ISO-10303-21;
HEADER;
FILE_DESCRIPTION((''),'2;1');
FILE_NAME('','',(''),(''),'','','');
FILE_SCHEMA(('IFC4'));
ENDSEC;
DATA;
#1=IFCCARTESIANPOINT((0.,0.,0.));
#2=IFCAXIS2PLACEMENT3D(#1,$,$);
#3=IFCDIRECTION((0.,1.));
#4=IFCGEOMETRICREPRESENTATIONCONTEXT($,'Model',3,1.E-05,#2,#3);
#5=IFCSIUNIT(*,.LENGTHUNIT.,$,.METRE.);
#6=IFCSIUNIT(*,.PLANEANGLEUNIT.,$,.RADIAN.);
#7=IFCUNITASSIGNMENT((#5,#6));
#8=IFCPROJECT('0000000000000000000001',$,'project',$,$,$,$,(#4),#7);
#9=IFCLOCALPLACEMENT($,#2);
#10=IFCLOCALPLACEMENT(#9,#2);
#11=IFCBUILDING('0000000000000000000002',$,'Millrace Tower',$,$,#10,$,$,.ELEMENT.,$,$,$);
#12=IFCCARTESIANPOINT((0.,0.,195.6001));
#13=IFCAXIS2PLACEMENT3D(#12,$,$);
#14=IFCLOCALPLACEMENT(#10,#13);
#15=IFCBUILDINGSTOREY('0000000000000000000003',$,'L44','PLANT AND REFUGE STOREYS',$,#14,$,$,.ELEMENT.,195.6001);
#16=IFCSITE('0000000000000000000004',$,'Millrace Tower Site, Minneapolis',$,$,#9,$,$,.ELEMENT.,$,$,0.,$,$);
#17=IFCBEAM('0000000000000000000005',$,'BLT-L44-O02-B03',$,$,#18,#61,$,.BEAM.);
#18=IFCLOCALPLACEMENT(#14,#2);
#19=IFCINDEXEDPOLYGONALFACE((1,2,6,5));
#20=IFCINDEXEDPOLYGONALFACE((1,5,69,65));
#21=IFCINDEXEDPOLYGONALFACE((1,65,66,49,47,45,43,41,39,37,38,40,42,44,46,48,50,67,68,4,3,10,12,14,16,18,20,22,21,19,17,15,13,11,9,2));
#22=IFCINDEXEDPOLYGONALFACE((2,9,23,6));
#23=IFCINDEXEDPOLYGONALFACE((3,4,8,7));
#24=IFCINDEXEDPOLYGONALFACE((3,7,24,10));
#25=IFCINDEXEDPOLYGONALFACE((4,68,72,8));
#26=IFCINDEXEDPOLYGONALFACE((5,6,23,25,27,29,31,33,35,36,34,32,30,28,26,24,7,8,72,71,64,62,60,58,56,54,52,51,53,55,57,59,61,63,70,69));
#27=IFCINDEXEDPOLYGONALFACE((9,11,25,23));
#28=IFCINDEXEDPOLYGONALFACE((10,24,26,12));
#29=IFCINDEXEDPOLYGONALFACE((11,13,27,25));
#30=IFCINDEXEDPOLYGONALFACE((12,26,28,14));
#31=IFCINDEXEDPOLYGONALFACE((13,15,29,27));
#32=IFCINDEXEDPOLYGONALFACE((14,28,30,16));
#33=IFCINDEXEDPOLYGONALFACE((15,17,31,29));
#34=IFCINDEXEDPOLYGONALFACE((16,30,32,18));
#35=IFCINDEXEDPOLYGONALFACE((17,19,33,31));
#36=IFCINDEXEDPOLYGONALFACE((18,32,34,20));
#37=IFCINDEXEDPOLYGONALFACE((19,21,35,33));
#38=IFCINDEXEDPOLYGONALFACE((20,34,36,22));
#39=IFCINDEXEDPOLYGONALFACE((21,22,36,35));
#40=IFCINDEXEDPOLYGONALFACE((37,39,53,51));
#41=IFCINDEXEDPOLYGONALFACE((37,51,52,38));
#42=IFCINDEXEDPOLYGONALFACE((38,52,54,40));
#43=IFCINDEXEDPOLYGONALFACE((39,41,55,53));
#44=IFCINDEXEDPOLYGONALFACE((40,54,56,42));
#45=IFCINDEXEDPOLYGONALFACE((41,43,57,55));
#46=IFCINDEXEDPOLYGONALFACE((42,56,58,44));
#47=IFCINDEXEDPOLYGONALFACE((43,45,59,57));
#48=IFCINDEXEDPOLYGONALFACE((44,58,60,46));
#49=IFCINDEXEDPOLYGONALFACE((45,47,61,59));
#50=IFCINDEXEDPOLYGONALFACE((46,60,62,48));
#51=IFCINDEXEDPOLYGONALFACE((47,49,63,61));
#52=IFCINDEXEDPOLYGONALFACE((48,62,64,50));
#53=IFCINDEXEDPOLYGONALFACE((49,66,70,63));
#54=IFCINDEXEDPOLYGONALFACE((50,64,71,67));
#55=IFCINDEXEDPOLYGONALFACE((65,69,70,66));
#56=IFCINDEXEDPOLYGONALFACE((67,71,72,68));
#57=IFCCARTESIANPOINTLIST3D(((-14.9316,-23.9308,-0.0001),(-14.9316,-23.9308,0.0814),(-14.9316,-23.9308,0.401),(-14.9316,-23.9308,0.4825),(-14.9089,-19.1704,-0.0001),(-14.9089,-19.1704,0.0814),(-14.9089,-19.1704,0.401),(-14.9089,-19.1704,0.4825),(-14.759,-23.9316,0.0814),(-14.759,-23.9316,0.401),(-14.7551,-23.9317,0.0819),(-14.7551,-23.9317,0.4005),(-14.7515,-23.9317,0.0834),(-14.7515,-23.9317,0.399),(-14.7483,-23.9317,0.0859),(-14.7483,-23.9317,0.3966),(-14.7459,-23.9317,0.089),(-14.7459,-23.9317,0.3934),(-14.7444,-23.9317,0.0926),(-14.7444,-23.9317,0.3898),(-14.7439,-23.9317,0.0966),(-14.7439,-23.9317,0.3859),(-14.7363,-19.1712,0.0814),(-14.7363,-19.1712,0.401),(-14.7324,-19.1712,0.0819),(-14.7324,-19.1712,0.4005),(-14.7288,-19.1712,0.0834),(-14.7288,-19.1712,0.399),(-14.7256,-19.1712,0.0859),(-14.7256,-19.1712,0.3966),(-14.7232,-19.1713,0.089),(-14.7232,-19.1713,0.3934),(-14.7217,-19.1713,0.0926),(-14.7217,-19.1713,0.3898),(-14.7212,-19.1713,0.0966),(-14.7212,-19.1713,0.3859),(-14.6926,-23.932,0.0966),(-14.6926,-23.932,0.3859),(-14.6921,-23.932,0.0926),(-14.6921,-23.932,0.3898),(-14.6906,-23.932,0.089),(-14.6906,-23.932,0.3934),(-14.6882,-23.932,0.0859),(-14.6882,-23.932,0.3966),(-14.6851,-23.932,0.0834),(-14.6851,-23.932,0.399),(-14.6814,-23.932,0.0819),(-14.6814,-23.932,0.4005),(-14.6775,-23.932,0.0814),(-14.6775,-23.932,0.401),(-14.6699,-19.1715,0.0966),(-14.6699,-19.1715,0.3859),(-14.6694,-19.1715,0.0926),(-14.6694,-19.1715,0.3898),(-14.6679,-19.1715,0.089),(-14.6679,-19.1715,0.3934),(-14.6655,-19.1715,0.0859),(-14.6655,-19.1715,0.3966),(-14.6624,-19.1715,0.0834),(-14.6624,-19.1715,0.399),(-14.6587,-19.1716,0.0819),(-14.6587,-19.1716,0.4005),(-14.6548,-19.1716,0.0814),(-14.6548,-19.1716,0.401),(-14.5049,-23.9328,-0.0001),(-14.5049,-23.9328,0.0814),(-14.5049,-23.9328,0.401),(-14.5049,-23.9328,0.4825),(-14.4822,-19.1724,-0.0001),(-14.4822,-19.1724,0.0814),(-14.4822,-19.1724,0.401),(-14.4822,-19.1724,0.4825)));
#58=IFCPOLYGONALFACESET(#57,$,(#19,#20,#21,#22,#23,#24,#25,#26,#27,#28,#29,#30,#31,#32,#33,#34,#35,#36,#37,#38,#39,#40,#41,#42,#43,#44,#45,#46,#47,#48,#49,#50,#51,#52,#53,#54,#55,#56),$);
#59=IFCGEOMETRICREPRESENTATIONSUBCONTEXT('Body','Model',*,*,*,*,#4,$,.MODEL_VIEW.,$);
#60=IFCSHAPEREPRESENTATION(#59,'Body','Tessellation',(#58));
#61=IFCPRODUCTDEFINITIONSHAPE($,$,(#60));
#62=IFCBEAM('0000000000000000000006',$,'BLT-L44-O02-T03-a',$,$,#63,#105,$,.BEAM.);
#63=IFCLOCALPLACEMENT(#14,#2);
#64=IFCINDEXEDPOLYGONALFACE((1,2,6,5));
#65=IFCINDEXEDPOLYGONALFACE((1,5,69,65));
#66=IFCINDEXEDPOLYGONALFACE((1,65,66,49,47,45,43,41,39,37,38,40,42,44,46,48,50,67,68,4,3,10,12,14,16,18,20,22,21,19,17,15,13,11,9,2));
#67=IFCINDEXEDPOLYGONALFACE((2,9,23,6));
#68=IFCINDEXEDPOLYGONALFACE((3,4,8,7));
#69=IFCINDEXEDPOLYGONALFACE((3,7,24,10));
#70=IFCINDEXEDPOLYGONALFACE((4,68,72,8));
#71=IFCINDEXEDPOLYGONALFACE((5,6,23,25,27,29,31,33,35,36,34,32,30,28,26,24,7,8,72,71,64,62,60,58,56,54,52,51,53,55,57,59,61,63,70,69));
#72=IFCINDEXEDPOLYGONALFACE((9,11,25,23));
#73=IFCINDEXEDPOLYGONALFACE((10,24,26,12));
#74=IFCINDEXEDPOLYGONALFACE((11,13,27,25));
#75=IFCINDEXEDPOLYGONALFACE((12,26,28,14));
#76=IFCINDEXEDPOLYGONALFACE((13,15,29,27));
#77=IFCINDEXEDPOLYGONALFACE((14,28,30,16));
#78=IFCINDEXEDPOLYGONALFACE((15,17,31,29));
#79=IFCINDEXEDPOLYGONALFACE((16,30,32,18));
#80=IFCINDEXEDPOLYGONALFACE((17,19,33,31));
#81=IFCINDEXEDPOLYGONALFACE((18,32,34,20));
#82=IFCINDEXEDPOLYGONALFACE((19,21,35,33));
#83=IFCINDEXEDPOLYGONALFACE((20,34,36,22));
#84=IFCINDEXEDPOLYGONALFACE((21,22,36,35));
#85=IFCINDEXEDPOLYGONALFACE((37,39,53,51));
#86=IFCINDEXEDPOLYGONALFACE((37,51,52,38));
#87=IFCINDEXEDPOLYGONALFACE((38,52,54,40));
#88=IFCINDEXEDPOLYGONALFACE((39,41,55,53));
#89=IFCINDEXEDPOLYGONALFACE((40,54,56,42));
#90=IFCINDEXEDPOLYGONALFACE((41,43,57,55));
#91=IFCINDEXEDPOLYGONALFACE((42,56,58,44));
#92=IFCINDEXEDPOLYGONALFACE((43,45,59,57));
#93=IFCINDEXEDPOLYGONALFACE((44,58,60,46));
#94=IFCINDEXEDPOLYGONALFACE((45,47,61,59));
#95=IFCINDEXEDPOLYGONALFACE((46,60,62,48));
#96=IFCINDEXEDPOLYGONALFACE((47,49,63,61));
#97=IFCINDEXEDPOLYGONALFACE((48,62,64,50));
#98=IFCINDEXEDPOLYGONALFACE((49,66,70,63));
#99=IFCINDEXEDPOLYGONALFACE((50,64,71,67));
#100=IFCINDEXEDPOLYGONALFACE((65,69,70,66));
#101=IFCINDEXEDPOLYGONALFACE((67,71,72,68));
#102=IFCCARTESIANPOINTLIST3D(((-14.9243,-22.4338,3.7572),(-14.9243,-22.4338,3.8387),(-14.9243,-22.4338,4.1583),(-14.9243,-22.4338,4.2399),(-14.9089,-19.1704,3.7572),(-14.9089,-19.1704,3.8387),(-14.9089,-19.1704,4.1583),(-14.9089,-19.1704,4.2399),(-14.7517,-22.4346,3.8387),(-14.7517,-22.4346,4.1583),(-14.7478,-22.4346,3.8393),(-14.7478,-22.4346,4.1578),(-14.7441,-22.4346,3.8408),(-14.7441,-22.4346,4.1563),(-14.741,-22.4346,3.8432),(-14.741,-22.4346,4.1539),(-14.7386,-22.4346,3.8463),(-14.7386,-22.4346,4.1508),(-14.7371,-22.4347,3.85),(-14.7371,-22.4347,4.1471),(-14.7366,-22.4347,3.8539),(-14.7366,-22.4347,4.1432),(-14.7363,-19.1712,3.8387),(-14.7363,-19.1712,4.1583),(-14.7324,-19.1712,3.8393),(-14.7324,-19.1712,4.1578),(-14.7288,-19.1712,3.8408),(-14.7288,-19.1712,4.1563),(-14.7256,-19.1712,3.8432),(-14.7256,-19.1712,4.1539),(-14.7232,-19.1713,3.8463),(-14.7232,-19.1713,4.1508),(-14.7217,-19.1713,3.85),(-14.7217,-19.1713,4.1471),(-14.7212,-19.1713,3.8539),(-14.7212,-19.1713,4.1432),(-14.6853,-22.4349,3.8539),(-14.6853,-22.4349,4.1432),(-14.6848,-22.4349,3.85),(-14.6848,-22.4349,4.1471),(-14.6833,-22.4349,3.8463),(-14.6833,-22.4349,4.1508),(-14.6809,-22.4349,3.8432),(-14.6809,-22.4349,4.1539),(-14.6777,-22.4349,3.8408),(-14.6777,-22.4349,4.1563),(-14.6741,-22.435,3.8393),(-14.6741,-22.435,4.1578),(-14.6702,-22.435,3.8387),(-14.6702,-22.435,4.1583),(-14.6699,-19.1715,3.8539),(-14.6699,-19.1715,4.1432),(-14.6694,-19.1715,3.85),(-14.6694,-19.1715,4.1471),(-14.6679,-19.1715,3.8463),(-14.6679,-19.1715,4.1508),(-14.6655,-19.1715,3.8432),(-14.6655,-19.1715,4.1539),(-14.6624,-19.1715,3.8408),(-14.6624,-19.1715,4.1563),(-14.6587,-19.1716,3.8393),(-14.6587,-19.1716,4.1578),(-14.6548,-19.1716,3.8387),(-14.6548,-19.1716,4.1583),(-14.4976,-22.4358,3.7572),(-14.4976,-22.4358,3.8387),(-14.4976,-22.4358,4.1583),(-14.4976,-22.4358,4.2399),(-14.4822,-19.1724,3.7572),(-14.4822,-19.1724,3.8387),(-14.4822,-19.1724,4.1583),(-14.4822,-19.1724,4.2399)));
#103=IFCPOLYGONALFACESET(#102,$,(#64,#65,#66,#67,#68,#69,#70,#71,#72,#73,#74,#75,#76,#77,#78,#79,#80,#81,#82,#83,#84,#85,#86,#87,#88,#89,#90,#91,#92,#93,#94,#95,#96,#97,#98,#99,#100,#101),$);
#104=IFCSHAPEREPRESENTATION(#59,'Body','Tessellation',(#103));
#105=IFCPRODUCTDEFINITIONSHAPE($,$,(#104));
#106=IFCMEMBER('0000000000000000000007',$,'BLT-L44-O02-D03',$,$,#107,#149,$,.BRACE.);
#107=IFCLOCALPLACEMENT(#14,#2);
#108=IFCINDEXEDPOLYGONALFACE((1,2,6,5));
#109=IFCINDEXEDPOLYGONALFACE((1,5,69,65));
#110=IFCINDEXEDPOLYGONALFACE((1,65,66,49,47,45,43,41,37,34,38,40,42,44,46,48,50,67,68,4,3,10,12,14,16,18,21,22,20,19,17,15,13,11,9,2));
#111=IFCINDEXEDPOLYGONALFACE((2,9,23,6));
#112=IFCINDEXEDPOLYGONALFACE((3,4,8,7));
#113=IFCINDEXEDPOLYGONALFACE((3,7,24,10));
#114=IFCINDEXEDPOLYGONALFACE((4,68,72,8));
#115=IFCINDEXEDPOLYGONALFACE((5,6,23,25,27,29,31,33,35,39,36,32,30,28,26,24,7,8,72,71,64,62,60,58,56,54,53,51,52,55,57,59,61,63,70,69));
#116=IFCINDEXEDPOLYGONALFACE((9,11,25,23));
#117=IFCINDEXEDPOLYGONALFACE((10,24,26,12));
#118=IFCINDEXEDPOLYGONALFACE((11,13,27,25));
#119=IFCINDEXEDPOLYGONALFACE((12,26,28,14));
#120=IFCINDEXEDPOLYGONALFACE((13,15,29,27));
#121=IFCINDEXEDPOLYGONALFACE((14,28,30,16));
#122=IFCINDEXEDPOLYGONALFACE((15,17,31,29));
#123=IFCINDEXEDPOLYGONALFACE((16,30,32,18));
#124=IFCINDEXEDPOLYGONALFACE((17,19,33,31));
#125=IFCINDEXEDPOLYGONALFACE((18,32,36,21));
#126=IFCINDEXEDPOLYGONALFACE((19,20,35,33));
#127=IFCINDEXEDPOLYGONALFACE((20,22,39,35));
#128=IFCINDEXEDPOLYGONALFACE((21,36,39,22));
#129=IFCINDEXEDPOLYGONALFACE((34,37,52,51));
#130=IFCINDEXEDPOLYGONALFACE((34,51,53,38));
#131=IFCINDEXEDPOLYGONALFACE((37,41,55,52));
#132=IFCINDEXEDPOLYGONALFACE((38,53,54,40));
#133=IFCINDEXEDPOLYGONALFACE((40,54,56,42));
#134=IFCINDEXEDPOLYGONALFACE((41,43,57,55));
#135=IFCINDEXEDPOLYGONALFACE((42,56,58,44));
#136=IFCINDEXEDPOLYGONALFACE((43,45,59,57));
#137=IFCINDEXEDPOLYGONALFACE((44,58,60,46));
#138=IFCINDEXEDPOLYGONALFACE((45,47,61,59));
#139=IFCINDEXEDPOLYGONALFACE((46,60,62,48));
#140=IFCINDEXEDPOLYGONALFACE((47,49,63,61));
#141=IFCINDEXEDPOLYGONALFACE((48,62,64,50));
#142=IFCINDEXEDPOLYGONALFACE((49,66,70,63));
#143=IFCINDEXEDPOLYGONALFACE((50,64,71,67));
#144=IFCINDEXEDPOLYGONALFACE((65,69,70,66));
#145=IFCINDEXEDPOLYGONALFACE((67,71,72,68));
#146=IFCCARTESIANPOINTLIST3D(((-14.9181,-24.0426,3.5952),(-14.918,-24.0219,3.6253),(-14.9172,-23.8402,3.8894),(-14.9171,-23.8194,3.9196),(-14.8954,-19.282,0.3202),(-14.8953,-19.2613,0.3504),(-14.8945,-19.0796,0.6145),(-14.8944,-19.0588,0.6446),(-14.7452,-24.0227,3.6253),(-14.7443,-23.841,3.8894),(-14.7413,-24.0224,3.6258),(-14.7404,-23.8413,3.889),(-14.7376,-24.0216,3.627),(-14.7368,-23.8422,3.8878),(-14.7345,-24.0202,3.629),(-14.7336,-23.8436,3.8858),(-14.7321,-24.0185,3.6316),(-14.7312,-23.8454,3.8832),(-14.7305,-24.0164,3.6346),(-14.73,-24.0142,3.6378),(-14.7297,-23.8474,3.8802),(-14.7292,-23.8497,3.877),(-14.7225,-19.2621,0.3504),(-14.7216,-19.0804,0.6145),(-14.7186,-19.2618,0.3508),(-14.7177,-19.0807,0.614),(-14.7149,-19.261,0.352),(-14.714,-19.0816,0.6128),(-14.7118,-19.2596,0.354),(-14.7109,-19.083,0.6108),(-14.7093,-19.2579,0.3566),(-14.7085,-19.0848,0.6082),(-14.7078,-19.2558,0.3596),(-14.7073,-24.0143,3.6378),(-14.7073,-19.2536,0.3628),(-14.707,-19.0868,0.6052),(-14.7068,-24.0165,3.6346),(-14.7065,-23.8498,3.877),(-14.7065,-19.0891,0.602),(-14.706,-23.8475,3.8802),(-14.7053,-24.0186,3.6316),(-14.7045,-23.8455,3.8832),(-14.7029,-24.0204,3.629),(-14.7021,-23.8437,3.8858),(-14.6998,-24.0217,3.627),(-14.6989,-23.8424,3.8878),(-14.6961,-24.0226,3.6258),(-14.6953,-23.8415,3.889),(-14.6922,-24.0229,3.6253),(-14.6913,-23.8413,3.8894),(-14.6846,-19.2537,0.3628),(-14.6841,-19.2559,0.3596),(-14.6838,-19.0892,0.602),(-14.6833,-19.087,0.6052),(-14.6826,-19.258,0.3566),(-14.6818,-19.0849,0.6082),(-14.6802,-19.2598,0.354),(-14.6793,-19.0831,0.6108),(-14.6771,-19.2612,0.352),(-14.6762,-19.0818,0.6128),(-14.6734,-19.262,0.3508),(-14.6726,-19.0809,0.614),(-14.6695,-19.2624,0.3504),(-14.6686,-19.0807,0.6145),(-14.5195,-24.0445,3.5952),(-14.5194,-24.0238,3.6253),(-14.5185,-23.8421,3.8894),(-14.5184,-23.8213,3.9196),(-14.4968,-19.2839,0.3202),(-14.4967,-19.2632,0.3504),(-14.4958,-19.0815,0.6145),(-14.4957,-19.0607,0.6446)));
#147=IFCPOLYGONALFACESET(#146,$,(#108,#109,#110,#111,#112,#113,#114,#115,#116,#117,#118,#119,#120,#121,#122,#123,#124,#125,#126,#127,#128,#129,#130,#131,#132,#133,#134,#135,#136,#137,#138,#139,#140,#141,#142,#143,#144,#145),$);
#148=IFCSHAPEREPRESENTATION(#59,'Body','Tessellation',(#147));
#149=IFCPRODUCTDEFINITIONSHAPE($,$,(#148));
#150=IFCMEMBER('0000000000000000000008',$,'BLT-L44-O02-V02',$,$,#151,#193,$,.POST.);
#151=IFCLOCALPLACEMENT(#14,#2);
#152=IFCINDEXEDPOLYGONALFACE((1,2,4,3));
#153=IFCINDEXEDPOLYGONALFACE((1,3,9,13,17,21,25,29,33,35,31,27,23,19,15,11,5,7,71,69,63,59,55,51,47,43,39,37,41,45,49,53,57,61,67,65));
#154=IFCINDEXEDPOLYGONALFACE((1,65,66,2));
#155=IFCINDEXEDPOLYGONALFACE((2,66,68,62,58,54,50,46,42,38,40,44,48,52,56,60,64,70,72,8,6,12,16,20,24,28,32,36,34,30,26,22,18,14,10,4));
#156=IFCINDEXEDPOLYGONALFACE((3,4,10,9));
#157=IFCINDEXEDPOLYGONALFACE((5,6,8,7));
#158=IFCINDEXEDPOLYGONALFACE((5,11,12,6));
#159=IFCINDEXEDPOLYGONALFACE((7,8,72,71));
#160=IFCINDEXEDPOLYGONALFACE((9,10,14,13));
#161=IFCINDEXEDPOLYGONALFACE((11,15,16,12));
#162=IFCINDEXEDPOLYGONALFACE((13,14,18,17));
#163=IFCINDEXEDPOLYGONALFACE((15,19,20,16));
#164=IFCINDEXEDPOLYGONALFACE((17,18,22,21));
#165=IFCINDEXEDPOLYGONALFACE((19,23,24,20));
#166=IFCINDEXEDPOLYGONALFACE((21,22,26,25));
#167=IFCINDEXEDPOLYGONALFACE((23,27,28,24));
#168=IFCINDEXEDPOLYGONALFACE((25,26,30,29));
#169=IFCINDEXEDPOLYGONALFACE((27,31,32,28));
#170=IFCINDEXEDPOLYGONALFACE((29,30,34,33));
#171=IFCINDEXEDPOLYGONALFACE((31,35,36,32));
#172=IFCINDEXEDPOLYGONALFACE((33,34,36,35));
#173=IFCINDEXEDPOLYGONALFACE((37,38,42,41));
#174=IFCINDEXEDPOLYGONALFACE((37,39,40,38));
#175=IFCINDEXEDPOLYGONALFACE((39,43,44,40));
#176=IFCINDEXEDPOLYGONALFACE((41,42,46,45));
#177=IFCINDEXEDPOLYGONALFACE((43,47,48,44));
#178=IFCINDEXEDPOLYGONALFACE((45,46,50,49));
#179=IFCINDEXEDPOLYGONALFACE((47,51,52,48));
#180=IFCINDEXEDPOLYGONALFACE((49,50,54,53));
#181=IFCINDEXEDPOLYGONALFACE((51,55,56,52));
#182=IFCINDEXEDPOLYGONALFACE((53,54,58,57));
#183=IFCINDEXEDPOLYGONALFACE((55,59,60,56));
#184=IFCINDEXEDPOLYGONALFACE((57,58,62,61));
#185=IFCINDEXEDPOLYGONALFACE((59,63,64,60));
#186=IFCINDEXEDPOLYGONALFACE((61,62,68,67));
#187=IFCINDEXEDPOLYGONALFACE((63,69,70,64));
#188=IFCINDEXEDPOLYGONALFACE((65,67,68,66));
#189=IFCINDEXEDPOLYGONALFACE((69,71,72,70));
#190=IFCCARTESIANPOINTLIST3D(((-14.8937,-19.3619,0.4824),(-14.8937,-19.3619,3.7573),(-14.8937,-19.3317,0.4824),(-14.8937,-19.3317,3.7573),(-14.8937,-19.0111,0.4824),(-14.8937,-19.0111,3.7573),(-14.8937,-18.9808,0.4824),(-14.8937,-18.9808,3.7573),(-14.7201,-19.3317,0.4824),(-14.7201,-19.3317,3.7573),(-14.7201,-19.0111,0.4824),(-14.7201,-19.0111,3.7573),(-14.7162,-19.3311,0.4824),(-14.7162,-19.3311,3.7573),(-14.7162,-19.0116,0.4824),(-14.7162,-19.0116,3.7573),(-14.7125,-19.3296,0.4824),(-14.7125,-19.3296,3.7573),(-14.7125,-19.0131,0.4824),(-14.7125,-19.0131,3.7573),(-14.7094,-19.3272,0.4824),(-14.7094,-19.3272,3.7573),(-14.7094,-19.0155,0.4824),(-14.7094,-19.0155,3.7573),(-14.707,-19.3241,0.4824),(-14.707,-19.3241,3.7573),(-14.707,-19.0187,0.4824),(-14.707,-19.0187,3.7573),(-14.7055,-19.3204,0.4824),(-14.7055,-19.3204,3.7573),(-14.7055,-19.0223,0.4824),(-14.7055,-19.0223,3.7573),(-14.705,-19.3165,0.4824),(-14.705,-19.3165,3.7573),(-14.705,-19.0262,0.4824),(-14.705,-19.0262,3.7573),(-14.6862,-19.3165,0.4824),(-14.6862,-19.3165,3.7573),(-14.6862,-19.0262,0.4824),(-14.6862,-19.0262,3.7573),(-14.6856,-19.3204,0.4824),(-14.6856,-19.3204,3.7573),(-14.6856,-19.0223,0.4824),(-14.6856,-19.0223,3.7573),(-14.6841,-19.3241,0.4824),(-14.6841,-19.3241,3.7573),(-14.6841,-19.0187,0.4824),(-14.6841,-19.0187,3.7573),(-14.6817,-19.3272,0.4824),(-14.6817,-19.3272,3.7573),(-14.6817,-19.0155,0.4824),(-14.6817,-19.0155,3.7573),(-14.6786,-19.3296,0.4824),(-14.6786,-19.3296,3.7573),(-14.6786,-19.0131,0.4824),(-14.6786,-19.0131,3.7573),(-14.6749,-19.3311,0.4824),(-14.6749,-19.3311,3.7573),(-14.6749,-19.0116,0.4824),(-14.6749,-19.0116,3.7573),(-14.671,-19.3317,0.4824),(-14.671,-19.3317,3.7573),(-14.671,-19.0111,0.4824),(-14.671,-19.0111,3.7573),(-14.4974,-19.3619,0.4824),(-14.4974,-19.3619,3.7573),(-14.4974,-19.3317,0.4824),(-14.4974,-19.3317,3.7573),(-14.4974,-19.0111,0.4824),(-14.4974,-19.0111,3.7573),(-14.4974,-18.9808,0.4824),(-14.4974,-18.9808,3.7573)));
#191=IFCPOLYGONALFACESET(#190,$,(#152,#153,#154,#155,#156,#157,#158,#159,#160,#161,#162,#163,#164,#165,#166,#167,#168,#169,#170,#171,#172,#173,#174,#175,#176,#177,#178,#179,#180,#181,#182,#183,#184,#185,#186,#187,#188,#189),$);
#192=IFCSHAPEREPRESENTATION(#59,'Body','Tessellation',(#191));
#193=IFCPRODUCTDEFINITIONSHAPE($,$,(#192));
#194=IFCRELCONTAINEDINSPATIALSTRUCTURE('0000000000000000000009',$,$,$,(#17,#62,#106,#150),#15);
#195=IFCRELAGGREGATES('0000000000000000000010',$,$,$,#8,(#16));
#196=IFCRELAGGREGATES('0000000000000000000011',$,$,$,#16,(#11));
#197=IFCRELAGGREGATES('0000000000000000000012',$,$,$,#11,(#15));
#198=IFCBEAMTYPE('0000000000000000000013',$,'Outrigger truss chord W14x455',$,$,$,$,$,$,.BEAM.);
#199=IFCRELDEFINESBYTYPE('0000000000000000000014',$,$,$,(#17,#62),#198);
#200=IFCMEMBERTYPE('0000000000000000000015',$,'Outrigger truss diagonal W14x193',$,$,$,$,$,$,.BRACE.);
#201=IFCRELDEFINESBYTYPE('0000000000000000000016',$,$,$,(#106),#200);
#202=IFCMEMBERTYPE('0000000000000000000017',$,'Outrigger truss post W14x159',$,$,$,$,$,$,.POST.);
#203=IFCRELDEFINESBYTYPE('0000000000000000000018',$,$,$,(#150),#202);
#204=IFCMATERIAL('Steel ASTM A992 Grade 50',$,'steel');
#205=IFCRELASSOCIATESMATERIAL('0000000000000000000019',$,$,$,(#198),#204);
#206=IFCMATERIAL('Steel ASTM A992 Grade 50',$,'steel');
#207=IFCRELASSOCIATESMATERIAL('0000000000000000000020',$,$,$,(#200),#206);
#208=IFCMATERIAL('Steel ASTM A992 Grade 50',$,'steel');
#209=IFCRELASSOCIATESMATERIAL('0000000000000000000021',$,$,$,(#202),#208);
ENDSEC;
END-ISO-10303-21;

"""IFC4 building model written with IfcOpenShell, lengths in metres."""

from ifc_helpers import new_model, si_unit, direction, frame, origin, origin_2d, place, context, subcontext, project, spatial, i_section, extrude, material, material_profile, profile_set, type_object, element, save


model = new_model("IFC4")

# Units and contexts
model_context = context("Model", 3, precision=1e-05, world=origin(), true_north=direction((0.0, 1.0)))
body_context = subcontext(model_context, "Body", "Model", "MODEL_VIEW")
ifc_project = project(units=[si_unit("LENGTHUNIT", "METRE"), si_unit("PLANEANGLEUNIT", "RADIAN")], contexts=[model_context])

# Site, building, storey
site_placement = place(None, origin())
site = spatial("IfcSite", under=ifc_project, at=site_placement, Name="Millrace Tower Site, Minneapolis", CompositionType="ELEMENT", RefElevation=0.0)
building_placement = place(site_placement, origin())
building = spatial("IfcBuilding", under=site, at=building_placement, Name="Millrace Tower", CompositionType="ELEMENT")
storey_placement = place(building_placement, frame((0.0, 0.0, 195.6001)))
storey = spatial("IfcBuildingStorey", under=building, at=storey_placement, Name="L44", Description="PLANT AND REFUGE STOREYS", CompositionType="ELEMENT", Elevation=195.6001)

# Beams
ifc_material_1 = material(Name="Steel ASTM A992 Grade 50", Category="steel")
ifc_material_profile_1 = material_profile(ifc_material_1, i_section(OverallWidth=0.4268, OverallDepth=0.4827, WebThickness=0.0513, FlangeThickness=0.0815, FilletRadius=0.0151, at=origin_2d()))
ifc_profile_set_1 = profile_set([ifc_material_profile_1], Name="Steel ASTM A992 Grade 50")
beam_type_1 = type_object("IfcBeamType", Name="Outrigger truss chord W14x455", PredefinedType="BEAM", material=ifc_profile_set_1)
beam_1_placement = place(storey_placement, frame((-14.6956, -19.1714, 0.2412), z_axis=(-0.004769, -0.999989, 0.0), x_axis=(0.999989, -0.004769, 0.0)))
element("IfcBeam", 1, at=beam_1_placement, inside=storey, type_object=beam_type_1, Name="BLT-L44-O02-B03", PredefinedType="BEAM", context=body_context, shape_type="SweptSolid", body=[
    extrude(i_section(OverallWidth=0.4268, OverallDepth=0.4827, WebThickness=0.0513, FlangeThickness=0.0815, FilletRadius=0.0151, at=origin_2d()), origin(), (0.0, 0.0, 1.0), 4.7605),
])
beam_2_placement = place(storey_placement, frame((-14.6956, -19.1714, 3.9985), z_axis=(-0.004713, -0.999989, 0.0), x_axis=(0.999989, -0.004713, 0.0)))
element("IfcBeam", 2, at=beam_2_placement, inside=storey, type_object=beam_type_1, Name="BLT-L44-O02-T03-a", PredefinedType="BEAM", context=body_context, shape_type="SweptSolid", body=[
    extrude(i_section(OverallWidth=0.4268, OverallDepth=0.4827, WebThickness=0.0513, FlangeThickness=0.0815, FilletRadius=0.0151, at=origin_2d()), origin(), (0.0, 0.0, 1.0), 3.2634),
])

# Members
ifc_material_2 = material(Name="Steel ASTM A992 Grade 50", Category="steel")
ifc_material_profile_2 = material_profile(ifc_material_2, i_section(OverallWidth=0.3987, OverallDepth=0.3938, WebThickness=0.0227, FlangeThickness=0.0366, FilletRadius=0.0151, at=origin_2d()))
ifc_profile_set_2 = profile_set([ifc_material_profile_2], Name="Steel ASTM A992 Grade 50")
member_type_1 = type_object("IfcMemberType", Name="Outrigger truss diagonal W14x193", PredefinedType="BRACE", material=ifc_profile_set_2)
member_1_placement = place(storey_placement, frame((-14.6956, -19.1714, 0.4824), z_axis=(-0.003929, -0.823869, 0.566767), x_axis=(0.999989, -0.004769, 0.0)))
element("IfcMember", 3, at=member_1_placement, inside=storey, type_object=member_type_1, Name="BLT-L44-O02-D03", PredefinedType="BRACE", context=body_context, shape_type="SweptSolid", body=[
    extrude(i_section(OverallWidth=0.3987, OverallDepth=0.3938, WebThickness=0.0227, FlangeThickness=0.0366, FilletRadius=0.0151, at=origin_2d()), origin(), (0.0, 0.0, 1.0), 5.7783),
])
ifc_material_3 = material(Name="Steel ASTM A992 Grade 50", Category="steel")
ifc_material_profile_3 = material_profile(ifc_material_3, i_section(OverallWidth=0.3962, OverallDepth=0.3811, WebThickness=0.0188, FlangeThickness=0.0303, FilletRadius=0.0151, at=origin_2d()))
ifc_profile_set_3 = profile_set([ifc_material_profile_3], Name="Steel ASTM A992 Grade 50")
member_type_2 = type_object("IfcMemberType", Name="Outrigger truss post W14x159", PredefinedType="POST", material=ifc_profile_set_3)
member_2_placement = place(storey_placement, frame((-14.6956, -19.1714, 0.4824), z_axis=(0.0, 0.0, 1.0), x_axis=(1.0, 0.0, 0.0)))
element("IfcMember", 4, at=member_2_placement, inside=storey, type_object=member_type_2, Name="BLT-L44-O02-V02", PredefinedType="POST", context=body_context, shape_type="SweptSolid", body=[
    extrude(i_section(OverallWidth=0.3962, OverallDepth=0.3811, WebThickness=0.0188, FlangeThickness=0.0303, FilletRadius=0.0151, at=origin_2d()), origin(), (0.0, 0.0, 1.0), 3.2749),
])

save(model, "model.ifc")
